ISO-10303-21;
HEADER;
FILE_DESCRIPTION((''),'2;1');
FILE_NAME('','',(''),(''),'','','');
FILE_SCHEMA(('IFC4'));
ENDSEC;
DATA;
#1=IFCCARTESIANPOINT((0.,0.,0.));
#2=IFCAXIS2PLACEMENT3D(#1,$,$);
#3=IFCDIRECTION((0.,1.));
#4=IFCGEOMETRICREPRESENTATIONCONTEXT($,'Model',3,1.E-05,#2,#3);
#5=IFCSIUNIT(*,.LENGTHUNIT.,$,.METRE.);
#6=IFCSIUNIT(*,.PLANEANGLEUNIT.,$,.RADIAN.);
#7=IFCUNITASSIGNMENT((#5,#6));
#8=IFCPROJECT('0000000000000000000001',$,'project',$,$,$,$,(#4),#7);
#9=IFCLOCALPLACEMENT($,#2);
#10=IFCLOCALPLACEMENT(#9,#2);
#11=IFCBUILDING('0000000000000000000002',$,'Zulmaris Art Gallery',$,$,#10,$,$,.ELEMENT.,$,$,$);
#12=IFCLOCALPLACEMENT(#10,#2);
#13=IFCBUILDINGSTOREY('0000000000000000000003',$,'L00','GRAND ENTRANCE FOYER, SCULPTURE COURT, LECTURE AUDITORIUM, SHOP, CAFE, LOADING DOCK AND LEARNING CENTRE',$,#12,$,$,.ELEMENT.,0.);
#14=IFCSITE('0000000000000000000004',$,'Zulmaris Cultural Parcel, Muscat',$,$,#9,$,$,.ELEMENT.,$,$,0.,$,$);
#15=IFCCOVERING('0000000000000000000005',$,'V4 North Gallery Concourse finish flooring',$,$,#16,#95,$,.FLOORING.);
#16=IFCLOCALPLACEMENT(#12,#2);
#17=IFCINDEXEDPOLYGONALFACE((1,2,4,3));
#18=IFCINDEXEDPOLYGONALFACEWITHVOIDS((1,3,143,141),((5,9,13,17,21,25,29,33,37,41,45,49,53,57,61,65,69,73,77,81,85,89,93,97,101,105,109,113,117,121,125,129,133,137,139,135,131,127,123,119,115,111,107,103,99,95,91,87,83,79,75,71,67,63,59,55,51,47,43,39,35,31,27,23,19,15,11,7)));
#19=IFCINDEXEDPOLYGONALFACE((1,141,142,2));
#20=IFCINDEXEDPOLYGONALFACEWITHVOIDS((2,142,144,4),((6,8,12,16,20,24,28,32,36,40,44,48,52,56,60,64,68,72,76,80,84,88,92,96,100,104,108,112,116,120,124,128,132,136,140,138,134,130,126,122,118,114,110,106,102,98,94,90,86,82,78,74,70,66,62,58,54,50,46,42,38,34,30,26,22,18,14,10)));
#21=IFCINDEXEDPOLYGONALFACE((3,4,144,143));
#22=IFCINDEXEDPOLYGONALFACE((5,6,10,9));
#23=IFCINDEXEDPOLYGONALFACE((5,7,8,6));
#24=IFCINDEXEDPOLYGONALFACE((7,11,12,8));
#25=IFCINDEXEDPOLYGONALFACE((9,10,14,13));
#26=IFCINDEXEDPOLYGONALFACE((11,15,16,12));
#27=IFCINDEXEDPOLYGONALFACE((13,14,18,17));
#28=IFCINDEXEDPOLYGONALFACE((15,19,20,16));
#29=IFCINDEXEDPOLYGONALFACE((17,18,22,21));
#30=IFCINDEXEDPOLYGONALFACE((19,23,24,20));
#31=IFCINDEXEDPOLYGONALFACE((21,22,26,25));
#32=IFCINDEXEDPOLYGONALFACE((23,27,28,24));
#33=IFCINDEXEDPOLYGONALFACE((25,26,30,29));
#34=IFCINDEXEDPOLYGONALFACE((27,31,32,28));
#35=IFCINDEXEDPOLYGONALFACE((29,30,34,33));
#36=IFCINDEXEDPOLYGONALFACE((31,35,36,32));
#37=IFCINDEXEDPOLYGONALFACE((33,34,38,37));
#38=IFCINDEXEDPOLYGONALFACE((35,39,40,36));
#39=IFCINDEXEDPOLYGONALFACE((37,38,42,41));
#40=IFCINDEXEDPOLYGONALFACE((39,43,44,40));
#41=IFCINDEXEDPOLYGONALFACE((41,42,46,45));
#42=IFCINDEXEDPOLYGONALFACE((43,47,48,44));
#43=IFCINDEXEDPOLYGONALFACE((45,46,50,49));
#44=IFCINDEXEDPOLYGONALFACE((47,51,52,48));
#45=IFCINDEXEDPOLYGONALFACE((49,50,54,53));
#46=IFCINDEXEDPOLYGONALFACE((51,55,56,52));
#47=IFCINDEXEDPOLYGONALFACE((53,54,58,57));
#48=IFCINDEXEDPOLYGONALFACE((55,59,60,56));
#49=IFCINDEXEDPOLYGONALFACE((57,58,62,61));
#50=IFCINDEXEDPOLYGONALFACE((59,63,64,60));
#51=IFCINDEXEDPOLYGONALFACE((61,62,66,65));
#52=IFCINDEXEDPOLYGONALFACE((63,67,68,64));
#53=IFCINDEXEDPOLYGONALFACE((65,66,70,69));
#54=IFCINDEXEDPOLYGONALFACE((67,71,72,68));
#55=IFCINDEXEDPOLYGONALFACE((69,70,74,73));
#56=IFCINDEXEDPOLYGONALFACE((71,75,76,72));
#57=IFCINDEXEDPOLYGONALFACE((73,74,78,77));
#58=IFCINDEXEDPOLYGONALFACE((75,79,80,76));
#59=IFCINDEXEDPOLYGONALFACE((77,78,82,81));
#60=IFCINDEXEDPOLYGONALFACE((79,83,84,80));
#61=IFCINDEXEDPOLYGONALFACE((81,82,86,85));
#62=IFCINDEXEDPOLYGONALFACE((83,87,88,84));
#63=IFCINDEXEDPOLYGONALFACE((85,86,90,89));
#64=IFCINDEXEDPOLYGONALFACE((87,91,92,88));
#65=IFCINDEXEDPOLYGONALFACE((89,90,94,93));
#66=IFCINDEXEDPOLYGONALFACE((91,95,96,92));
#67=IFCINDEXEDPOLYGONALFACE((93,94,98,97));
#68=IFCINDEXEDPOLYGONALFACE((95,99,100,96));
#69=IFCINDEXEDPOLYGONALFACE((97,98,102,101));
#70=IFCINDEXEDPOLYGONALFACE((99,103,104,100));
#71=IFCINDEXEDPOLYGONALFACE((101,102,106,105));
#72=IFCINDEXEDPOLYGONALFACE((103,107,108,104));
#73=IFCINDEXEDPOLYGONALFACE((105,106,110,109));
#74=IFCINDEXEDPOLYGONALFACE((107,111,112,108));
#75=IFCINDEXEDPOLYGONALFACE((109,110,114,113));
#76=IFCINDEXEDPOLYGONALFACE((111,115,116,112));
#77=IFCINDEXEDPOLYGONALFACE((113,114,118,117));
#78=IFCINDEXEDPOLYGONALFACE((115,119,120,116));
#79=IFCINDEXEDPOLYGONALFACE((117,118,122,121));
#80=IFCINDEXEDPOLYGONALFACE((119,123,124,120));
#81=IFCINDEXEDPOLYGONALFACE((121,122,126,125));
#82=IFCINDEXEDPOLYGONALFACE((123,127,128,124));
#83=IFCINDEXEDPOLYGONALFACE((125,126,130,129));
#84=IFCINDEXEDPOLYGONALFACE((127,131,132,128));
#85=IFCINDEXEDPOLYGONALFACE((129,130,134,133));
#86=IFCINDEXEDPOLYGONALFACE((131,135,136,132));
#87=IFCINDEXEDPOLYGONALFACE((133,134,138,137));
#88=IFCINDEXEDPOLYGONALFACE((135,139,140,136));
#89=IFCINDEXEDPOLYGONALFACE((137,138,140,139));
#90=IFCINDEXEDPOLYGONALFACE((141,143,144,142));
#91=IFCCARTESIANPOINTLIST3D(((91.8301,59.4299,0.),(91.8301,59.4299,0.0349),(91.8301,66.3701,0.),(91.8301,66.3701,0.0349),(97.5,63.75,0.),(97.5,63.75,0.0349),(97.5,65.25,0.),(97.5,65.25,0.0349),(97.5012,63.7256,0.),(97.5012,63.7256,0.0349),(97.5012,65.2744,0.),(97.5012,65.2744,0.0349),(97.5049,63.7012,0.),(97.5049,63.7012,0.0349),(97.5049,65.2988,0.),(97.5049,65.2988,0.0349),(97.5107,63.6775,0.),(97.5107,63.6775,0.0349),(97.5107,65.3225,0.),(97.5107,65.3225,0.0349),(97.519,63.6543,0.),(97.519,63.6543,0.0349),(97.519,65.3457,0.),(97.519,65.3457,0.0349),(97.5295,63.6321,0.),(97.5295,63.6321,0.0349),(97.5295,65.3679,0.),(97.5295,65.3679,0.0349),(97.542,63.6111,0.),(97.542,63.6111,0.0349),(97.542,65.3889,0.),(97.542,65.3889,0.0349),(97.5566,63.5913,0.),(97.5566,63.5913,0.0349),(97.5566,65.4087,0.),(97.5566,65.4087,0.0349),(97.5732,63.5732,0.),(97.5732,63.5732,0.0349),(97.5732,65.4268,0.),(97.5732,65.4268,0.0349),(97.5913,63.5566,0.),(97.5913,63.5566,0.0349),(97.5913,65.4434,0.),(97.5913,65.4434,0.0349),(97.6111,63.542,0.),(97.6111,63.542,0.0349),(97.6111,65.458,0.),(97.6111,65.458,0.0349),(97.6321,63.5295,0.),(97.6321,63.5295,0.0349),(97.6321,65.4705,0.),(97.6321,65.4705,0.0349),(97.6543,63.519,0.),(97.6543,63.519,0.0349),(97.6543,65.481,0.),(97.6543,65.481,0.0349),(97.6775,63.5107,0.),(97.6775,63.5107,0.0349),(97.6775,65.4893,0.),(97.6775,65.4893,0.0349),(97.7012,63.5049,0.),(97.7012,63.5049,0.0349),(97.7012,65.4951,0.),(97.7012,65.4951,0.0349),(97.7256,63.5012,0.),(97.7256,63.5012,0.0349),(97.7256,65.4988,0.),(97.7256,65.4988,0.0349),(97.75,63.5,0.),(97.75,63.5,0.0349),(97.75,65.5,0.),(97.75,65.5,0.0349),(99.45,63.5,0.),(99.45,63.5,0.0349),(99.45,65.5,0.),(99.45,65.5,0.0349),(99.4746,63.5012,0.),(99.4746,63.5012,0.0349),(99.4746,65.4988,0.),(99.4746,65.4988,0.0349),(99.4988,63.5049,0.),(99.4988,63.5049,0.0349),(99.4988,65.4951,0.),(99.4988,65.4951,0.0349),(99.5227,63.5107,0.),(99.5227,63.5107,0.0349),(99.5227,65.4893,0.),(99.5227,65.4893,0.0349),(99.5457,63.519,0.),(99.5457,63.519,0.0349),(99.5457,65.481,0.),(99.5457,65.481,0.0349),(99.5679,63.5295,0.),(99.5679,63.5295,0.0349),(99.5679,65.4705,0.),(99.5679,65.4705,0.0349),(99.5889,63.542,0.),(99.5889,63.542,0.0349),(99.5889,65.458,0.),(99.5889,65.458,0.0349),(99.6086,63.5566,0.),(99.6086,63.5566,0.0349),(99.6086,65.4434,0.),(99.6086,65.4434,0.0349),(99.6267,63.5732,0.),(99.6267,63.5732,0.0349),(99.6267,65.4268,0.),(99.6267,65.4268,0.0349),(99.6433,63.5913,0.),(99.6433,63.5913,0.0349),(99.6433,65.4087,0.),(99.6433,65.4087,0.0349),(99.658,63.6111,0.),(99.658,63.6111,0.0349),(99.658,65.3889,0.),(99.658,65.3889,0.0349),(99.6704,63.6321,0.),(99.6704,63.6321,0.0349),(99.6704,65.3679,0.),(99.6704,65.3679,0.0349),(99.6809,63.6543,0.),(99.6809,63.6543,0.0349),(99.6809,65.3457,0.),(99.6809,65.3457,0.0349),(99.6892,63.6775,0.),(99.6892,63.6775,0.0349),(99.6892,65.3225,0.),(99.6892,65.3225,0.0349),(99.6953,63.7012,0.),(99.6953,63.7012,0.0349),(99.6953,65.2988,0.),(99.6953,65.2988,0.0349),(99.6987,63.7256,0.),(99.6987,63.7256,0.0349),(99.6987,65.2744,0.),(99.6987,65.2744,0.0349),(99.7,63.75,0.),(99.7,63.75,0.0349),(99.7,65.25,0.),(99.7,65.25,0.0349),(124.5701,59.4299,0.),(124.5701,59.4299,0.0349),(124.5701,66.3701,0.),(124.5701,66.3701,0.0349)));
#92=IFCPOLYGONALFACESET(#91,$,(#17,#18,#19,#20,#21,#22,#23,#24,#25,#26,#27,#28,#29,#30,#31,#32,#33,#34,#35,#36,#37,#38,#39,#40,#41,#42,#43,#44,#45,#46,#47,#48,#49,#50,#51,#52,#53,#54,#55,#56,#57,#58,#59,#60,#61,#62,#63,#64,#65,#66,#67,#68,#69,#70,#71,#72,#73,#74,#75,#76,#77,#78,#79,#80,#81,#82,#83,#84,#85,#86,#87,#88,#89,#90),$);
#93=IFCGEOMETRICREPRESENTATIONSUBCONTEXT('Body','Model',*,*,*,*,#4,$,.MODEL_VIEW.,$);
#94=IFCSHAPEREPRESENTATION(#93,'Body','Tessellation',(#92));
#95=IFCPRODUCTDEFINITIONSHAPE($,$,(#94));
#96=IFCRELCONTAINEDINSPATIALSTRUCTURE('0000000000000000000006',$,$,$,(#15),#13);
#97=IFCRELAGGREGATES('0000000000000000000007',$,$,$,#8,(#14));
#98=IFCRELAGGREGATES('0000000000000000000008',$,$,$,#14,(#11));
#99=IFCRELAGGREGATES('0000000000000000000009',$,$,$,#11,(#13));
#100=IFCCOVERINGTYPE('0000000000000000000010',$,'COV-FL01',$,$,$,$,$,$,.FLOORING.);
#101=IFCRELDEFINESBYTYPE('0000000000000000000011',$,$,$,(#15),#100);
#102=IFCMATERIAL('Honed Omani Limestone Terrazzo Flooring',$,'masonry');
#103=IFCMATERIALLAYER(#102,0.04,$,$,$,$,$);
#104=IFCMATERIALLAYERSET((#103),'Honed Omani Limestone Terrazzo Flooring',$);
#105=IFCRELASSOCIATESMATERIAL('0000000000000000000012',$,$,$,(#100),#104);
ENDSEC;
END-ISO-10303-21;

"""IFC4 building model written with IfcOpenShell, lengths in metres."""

from ifc_helpers import new_model, si_unit, direction, origin, place, context, subcontext, project, spatial, polyline, outline, extrude, material, layer, layer_set, type_object, element, save


model = new_model("IFC4")

# Units and contexts
model_context = context("Model", 3, precision=1e-05, world=origin(), true_north=direction((0.0, 1.0)))
body_context = subcontext(model_context, "Body", "Model", "MODEL_VIEW")
ifc_project = project(units=[si_unit("LENGTHUNIT", "METRE"), si_unit("PLANEANGLEUNIT", "RADIAN")], contexts=[model_context])

# Site, building, storey
site_placement = place(None, origin())
site = spatial("IfcSite", under=ifc_project, at=site_placement, Name="Zulmaris Cultural Parcel, Muscat", CompositionType="ELEMENT", RefElevation=0.0)
building_placement = place(site_placement, origin())
building = spatial("IfcBuilding", under=site, at=building_placement, Name="Zulmaris Art Gallery", CompositionType="ELEMENT")
storey_placement = place(building_placement, origin())
storey = spatial("IfcBuildingStorey", under=building, at=storey_placement, Name="L00", Description="GRAND ENTRANCE FOYER, SCULPTURE COURT, LECTURE AUDITORIUM, SHOP, CAFE, LOADING DOCK AND LEARNING CENTRE", CompositionType="ELEMENT", Elevation=0.0)

# Covering
ifc_material_1 = material(Name="Honed Omani Limestone Terrazzo Flooring", Category="masonry")
ifc_layer_1 = layer(ifc_material_1, 0.04)
ifc_layer_set_1 = layer_set([ifc_layer_1], Name="Honed Omani Limestone Terrazzo Flooring")
covering_type_1 = type_object("IfcCoveringType", Name="COV-FL01", PredefinedType="FLOORING", material=ifc_layer_set_1)
covering_1_placement = place(storey_placement, origin())
element("IfcCovering", 1, at=covering_1_placement, inside=storey, type_object=covering_type_1, Name="V4 North Gallery Concourse finish flooring", PredefinedType="FLOORING", context=body_context, shape_type="SweptSolid", body=[
    extrude(outline(polyline([(124.5701, 59.4299), (91.8301, 59.4299), (91.8301, 66.3701), (124.5701, 66.3701), (124.5701, 59.4299)]), holes=[polyline([(97.7256, 65.4988), (97.7012, 65.4951), (97.6775, 65.4893), (97.6543, 65.481), (97.6321, 65.4705), (97.6111, 65.458), (97.5913, 65.4434), (97.5732, 65.4268), (97.5566, 65.4087), (97.542, 65.3889), (97.5295, 65.3679), (97.519, 65.3457), (97.5107, 65.3225), (97.5049, 65.2988), (97.5012, 65.2744), (97.5, 65.25), (97.5, 63.75), (97.5012, 63.7256), (97.5049, 63.7012), (97.5107, 63.6775), (97.519, 63.6543), (97.5295, 63.6321), (97.542, 63.6111), (97.5566, 63.5913), (97.5732, 63.5732), (97.5913, 63.5566), (97.6111, 63.542), (97.6321, 63.5295), (97.6543, 63.519), (97.6775, 63.5107), (97.7012, 63.5049), (97.7256, 63.5012), (97.75, 63.5), (99.45, 63.5), (99.4746, 63.5012), (99.4988, 63.5049), (99.5227, 63.5107), (99.5457, 63.519), (99.5679, 63.5295), (99.5889, 63.542), (99.6086, 63.5566), (99.6267, 63.5732), (99.6433, 63.5913), (99.658, 63.6111), (99.6704, 63.6321), (99.6809, 63.6543), (99.6892, 63.6775), (99.6953, 63.7012), (99.6987, 63.7256), (99.7, 63.75), (99.7, 65.25), (99.6987, 65.2744), (99.6953, 65.2988), (99.6892, 65.3225), (99.6809, 65.3457), (99.6704, 65.3679), (99.658, 65.3889), (99.6433, 65.4087), (99.6267, 65.4268), (99.6086, 65.4434), (99.5889, 65.458), (99.5679, 65.4705), (99.5457, 65.481), (99.5227, 65.4893), (99.4988, 65.4951), (99.4746, 65.4988), (99.45, 65.5), (97.75, 65.5), (97.7256, 65.4988)])]), origin(), (0.0, 0.0, 1.0), 0.0349),
])

save(model, "model.ifc")
